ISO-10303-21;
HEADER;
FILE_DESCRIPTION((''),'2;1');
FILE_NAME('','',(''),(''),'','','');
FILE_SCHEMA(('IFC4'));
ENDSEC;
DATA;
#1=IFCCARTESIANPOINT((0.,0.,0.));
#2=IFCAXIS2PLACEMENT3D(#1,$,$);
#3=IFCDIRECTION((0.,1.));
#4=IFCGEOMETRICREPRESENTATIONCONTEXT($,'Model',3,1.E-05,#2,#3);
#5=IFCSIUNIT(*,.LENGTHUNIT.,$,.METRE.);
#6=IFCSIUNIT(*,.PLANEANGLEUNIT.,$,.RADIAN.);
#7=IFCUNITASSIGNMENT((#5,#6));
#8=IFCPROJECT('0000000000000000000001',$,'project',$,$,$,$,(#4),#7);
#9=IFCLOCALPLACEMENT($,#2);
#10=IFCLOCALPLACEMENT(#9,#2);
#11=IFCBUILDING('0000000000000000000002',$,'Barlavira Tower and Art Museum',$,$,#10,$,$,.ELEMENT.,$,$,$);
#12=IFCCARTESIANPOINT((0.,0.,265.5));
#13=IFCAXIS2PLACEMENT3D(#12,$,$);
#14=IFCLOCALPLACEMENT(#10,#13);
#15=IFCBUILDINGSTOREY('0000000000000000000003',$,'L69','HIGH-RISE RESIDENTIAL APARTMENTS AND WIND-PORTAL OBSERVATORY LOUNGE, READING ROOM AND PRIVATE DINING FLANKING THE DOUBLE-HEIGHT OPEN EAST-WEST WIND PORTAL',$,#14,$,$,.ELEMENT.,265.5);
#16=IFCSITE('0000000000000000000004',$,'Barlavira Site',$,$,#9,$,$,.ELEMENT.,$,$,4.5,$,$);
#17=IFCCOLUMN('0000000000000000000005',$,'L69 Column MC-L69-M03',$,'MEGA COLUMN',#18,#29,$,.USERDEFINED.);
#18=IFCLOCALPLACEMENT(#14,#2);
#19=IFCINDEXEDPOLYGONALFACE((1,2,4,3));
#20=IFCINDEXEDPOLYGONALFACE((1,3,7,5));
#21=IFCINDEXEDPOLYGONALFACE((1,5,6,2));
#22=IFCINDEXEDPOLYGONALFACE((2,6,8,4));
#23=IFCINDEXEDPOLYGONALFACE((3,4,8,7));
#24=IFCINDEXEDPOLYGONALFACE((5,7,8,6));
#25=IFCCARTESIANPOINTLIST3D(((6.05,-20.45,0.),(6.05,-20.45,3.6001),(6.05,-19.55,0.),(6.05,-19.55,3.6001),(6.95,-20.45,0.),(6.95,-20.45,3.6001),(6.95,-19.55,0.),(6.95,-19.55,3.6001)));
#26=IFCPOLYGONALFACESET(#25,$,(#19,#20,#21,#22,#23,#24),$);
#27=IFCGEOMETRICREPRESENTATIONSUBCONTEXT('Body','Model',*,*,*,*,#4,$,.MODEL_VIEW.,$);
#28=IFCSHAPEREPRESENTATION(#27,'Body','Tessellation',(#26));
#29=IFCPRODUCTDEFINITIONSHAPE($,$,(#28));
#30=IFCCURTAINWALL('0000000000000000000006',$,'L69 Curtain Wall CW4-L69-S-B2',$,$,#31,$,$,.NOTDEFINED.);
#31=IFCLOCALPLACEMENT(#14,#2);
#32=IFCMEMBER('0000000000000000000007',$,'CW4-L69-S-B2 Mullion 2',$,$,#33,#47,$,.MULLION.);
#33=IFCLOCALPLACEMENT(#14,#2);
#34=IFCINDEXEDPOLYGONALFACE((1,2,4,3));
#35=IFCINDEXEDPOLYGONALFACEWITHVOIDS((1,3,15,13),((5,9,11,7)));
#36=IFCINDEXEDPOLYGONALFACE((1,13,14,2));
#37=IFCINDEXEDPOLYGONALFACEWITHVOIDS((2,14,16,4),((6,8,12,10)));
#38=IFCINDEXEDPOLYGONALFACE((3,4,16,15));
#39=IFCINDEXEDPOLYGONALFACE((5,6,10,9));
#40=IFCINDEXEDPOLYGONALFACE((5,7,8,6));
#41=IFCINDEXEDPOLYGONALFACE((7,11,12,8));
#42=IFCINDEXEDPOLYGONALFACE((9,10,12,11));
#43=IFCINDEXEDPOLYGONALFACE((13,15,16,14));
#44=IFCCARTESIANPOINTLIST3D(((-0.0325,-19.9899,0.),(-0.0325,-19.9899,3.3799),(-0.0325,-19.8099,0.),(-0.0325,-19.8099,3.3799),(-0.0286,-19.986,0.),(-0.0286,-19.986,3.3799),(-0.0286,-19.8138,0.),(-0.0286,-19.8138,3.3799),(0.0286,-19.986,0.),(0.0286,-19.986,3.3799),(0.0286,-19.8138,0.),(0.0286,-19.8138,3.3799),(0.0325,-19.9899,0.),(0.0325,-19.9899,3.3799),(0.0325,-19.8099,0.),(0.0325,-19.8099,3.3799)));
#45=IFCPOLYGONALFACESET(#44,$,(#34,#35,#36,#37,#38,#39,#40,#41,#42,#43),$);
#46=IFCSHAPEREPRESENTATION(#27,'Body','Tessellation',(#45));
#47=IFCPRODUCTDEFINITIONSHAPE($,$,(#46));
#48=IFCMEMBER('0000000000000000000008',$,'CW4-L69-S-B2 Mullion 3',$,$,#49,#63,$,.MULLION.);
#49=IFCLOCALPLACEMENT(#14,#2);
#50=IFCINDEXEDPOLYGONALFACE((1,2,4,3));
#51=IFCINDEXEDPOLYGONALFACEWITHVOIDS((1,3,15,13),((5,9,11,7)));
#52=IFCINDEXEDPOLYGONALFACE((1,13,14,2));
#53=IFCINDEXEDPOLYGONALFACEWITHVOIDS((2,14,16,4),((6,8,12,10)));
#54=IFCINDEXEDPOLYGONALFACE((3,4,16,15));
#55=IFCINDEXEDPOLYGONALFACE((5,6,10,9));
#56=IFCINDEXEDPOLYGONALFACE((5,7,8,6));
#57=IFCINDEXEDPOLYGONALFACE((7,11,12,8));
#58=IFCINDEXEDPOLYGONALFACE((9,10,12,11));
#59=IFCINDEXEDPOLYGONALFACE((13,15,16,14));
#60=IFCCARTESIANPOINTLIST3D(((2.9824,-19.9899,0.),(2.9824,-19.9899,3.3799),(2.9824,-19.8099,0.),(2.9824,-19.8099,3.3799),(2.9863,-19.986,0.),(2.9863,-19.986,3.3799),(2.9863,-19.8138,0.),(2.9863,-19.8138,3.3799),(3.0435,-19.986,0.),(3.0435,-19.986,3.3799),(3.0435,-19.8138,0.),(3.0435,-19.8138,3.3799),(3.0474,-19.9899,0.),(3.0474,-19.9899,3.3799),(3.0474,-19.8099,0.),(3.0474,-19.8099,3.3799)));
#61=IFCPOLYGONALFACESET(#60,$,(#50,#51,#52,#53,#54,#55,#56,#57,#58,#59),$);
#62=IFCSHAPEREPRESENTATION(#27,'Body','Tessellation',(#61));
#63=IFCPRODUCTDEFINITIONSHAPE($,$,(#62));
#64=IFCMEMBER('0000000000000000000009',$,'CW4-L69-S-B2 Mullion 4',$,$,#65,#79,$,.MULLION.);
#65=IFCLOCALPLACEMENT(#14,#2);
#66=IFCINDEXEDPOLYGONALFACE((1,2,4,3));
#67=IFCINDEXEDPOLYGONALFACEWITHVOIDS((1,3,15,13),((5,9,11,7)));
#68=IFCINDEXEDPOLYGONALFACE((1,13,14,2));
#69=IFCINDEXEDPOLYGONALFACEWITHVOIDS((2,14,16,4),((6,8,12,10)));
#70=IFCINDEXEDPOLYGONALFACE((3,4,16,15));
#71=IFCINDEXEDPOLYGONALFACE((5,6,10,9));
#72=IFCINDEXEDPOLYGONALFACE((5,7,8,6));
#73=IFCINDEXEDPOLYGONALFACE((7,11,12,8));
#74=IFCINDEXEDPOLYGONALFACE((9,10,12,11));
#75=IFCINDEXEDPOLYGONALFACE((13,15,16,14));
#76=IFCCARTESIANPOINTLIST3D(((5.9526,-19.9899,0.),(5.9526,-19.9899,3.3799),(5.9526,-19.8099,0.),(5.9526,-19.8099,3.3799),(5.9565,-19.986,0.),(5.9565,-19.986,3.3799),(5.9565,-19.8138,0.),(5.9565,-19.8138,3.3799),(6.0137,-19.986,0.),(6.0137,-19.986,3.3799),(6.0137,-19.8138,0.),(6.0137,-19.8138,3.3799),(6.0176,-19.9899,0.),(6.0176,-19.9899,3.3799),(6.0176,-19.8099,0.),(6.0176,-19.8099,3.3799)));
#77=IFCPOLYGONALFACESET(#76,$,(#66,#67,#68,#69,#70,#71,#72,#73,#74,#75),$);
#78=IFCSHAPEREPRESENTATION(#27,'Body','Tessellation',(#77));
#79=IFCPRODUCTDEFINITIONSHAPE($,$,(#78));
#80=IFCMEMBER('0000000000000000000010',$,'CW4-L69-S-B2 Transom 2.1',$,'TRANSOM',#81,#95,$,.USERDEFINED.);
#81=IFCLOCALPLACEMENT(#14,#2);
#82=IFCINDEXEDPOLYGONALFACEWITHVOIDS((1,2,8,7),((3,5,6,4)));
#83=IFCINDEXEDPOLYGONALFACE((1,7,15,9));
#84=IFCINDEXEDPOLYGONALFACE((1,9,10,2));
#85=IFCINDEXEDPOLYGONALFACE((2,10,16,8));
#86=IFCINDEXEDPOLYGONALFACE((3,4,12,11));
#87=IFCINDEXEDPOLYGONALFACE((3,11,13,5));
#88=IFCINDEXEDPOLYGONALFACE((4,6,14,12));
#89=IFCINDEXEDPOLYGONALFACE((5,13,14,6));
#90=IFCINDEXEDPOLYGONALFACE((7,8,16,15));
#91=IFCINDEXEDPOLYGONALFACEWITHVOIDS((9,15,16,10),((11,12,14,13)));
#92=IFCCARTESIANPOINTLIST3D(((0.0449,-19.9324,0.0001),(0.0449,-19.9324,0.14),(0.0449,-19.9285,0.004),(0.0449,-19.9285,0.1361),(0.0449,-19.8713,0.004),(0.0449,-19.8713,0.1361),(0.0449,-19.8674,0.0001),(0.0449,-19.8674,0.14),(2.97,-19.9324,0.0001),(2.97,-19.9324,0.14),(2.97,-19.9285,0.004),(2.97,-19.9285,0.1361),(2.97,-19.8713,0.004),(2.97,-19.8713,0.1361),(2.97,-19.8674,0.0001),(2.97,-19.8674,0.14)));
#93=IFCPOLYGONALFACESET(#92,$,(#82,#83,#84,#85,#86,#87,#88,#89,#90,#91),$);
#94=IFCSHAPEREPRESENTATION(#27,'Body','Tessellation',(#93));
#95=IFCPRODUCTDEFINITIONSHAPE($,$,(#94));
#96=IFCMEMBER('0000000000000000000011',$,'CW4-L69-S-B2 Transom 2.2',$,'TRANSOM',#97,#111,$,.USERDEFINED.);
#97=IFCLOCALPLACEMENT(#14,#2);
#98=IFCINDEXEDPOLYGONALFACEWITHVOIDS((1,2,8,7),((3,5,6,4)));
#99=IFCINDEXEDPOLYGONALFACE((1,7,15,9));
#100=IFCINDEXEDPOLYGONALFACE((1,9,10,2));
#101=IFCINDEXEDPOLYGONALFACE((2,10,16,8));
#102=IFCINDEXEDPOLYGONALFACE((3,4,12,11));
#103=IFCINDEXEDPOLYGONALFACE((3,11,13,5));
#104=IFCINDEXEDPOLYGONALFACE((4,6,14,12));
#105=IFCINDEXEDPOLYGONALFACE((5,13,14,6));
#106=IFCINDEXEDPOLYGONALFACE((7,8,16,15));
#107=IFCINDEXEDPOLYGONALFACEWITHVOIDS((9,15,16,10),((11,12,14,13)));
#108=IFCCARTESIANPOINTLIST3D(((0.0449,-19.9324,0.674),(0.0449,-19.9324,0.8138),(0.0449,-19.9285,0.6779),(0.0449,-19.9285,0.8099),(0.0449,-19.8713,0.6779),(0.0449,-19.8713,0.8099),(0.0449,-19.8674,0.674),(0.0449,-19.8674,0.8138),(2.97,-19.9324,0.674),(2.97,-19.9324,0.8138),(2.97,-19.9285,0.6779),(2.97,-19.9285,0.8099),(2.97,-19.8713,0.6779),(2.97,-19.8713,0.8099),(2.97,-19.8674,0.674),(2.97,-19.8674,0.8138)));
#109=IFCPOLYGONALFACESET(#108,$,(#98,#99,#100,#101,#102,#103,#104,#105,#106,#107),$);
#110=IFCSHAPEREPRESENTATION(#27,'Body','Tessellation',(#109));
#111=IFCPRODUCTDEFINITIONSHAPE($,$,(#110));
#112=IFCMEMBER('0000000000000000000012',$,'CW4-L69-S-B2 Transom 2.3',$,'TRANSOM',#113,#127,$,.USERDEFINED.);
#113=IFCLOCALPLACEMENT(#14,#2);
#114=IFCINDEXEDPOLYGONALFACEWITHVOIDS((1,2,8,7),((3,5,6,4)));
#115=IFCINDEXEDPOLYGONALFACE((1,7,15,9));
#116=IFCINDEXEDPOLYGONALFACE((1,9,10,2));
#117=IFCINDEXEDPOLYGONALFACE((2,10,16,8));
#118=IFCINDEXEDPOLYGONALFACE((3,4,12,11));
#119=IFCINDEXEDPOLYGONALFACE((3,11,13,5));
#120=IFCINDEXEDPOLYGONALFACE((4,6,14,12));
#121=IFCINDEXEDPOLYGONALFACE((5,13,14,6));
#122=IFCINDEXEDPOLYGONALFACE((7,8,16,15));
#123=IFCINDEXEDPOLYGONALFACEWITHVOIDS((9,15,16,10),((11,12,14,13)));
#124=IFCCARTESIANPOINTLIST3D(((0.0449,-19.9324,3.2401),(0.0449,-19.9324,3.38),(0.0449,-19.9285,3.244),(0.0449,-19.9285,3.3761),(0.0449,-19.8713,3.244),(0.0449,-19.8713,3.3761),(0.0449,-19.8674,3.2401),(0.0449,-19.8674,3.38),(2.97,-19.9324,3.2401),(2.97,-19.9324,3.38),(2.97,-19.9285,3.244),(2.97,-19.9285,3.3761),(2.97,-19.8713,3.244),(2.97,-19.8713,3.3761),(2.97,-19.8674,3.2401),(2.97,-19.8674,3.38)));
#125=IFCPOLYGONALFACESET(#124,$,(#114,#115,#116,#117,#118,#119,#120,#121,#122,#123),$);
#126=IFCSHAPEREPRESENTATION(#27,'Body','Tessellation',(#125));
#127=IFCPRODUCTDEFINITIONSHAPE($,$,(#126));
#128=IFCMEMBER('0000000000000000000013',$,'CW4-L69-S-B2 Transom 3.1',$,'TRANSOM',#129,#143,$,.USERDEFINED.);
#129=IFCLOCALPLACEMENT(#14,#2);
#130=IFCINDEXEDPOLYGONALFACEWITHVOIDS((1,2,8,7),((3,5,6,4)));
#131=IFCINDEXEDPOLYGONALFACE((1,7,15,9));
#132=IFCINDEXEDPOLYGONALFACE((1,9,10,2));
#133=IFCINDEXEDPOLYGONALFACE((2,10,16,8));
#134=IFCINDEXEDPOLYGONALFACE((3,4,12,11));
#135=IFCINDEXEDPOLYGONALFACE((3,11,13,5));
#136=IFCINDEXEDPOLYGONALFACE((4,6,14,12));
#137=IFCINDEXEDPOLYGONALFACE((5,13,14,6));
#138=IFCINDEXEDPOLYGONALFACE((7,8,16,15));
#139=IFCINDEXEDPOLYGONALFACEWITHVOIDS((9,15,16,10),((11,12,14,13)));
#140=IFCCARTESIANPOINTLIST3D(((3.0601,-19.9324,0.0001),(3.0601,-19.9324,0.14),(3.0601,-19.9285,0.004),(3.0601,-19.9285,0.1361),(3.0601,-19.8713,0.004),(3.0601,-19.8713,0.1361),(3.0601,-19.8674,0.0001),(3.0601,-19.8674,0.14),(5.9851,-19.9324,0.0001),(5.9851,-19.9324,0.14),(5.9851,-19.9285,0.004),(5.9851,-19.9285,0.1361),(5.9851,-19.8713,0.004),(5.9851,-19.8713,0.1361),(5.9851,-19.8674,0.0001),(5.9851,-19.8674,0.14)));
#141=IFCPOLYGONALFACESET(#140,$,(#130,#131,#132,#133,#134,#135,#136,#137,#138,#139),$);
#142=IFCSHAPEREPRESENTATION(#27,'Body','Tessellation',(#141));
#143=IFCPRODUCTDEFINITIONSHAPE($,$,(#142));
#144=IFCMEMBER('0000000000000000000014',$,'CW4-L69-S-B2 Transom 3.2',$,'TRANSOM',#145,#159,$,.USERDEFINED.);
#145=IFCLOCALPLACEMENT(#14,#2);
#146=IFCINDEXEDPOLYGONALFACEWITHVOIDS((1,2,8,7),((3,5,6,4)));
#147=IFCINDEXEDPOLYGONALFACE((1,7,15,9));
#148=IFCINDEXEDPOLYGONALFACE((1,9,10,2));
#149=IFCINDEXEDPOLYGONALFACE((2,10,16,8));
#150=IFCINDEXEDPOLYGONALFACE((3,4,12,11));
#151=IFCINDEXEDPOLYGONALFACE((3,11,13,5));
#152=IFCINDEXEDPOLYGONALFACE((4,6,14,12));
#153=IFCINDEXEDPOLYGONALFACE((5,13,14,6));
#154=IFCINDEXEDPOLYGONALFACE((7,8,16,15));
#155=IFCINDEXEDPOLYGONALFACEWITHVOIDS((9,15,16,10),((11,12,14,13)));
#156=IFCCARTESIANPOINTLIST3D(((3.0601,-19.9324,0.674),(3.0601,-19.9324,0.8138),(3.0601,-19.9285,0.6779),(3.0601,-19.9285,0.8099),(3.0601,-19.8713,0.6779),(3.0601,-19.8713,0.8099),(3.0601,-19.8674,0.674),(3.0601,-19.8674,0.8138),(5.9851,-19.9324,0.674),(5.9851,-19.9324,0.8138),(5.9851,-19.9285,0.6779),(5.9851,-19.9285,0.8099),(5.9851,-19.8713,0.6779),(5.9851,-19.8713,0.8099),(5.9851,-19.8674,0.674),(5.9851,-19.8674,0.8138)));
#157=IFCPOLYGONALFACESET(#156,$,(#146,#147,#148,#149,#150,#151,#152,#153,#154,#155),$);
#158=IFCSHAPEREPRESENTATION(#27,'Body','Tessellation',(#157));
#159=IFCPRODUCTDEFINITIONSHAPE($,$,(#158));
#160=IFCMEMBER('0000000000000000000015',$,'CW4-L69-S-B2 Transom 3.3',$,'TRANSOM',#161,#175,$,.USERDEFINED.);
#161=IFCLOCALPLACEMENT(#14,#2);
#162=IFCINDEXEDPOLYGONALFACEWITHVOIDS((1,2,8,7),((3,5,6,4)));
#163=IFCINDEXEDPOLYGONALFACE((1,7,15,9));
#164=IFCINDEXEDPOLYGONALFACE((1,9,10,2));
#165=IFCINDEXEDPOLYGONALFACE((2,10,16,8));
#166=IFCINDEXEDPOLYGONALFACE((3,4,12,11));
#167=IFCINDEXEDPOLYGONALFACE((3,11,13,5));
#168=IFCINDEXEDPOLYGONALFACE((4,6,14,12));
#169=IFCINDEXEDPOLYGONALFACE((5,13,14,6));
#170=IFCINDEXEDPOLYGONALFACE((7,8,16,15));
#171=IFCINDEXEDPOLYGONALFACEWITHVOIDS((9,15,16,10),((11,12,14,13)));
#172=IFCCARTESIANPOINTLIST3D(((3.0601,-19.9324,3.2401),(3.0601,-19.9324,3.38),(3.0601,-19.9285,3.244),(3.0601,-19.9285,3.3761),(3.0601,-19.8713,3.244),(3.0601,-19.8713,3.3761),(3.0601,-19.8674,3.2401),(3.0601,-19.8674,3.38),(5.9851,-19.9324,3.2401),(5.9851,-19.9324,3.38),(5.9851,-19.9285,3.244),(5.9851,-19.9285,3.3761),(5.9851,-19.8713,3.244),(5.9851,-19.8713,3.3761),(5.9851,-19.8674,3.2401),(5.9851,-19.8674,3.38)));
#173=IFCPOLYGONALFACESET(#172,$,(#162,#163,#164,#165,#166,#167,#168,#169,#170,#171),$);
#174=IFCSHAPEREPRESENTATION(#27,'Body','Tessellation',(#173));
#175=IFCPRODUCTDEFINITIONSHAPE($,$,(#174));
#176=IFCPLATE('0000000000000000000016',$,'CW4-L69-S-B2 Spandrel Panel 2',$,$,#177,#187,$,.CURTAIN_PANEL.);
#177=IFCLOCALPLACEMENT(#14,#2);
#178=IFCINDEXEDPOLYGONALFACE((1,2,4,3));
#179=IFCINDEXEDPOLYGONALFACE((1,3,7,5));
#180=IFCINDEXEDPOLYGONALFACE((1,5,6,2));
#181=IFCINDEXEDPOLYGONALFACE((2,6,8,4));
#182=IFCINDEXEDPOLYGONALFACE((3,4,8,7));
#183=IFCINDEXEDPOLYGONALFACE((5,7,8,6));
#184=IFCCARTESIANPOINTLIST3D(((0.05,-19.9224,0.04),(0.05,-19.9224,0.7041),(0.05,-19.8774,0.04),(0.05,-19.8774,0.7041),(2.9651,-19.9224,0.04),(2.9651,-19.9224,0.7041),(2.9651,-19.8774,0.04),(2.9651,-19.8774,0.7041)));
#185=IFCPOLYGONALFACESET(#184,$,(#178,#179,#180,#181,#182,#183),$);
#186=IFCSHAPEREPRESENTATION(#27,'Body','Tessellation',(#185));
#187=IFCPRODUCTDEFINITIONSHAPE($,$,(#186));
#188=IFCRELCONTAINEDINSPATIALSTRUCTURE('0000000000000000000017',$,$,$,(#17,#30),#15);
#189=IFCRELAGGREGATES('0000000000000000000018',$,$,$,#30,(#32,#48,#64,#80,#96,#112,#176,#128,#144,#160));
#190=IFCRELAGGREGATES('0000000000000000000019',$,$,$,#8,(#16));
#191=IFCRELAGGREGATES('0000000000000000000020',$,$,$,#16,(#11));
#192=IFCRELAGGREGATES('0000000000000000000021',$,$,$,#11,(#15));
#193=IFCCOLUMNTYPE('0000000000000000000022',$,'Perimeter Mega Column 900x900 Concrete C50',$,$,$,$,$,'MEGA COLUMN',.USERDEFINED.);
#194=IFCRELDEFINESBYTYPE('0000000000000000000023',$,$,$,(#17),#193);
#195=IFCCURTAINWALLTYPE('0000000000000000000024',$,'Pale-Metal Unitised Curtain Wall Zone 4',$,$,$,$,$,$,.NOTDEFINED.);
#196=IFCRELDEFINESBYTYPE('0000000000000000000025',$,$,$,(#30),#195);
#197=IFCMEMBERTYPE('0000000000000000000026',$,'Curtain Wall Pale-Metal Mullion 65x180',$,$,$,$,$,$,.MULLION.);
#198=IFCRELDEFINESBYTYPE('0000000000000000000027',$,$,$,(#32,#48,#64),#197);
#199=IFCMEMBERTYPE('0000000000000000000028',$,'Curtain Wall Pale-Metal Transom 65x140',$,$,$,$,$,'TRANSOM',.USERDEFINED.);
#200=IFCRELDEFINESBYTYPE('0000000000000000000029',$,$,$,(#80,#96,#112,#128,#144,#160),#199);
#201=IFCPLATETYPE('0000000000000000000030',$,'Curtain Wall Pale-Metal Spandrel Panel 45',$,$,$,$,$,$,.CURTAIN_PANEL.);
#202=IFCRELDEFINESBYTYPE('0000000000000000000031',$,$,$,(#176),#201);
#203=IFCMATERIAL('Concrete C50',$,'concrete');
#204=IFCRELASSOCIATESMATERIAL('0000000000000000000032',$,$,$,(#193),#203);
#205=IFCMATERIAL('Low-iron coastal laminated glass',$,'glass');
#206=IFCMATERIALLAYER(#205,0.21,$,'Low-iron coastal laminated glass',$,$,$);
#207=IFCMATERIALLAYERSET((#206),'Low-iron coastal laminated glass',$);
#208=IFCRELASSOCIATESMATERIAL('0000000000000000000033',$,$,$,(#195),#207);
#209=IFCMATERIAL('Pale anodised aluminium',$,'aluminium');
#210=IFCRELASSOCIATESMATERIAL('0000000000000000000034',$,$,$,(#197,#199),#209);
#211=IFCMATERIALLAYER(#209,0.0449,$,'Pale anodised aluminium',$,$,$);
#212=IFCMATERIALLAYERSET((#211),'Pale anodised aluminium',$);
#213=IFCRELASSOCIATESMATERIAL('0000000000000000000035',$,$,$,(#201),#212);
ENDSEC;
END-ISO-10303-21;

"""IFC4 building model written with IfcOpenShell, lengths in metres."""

from ifc_helpers import new_model, si_unit, direction, frame, origin, origin_2d, place, context, subcontext, project, spatial, rectangle, hollow_rectangle, extrude, material, layer, layer_set, material_profile, profile_set, type_object, element, aggregate, save


model = new_model("IFC4")

# Units and contexts
model_context = context("Model", 3, precision=1e-05, world=origin(), true_north=direction((0.0, 1.0)))
body_context = subcontext(model_context, "Body", "Model", "MODEL_VIEW")
ifc_project = project(units=[si_unit("LENGTHUNIT", "METRE"), si_unit("PLANEANGLEUNIT", "RADIAN")], contexts=[model_context])

# Site, building, storey
site_placement = place(None, origin())
site = spatial("IfcSite", under=ifc_project, at=site_placement, Name="Barlavira Site", CompositionType="ELEMENT", RefElevation=4.5)
building_placement = place(site_placement, origin())
building = spatial("IfcBuilding", under=site, at=building_placement, Name="Barlavira Tower and Art Museum", CompositionType="ELEMENT")
storey_placement = place(building_placement, frame((0.0, 0.0, 265.5)))
storey = spatial("IfcBuildingStorey", under=building, at=storey_placement, Name="L69", Description="HIGH-RISE RESIDENTIAL APARTMENTS AND WIND-PORTAL OBSERVATORY LOUNGE, READING ROOM AND PRIVATE DINING FLANKING THE DOUBLE-HEIGHT OPEN EAST-WEST WIND PORTAL", CompositionType="ELEMENT", Elevation=265.5)

# Column
ifc_material_1 = material(Name="Concrete C50", Category="concrete")
ifc_material_profile_1 = material_profile(ifc_material_1, rectangle(XDim=0.8999, YDim=0.8999, at=origin_2d()), Name="RC-COL 900x900")
ifc_profile_set_1 = profile_set([ifc_material_profile_1], Name="Concrete C50")
column_type = type_object("IfcColumnType", Name="Perimeter Mega Column 900x900 Concrete C50", ElementType="MEGA COLUMN", PredefinedType="USERDEFINED", material=ifc_profile_set_1)
column_placement = place(storey_placement, frame((6.5, -20.0, 0.0), z_axis=(0.0, 0.0, 1.0), x_axis=(1.0, 0.0, 0.0)))
element("IfcColumn", 1, at=column_placement, inside=storey, type_object=column_type, Name="L69 Column MC-L69-M03", ObjectType="MEGA COLUMN", PredefinedType="USERDEFINED", context=body_context, shape_type="SweptSolid", body=[
    extrude(rectangle(XDim=0.8999, YDim=0.8999, at=origin_2d()), origin(), (0.0, 0.0, 1.0), 3.6001),
])

# Curtain wall, members, plate
ifc_material_2 = material(Name="Low-iron coastal laminated glass", Category="glass")
ifc_layer_1 = layer(ifc_material_2, 0.21, Name="Low-iron coastal laminated glass")
ifc_layer_set_1 = layer_set([ifc_layer_1], Name="Low-iron coastal laminated glass")
curtain_wall_type = type_object("IfcCurtainWallType", Name="Pale-Metal Unitised Curtain Wall Zone 4", PredefinedType="NOTDEFINED", material=ifc_layer_set_1)
curtain_wall_placement = place(storey_placement, origin())
curtain_wall = element("IfcCurtainWall", 2, at=curtain_wall_placement, inside=storey, type_object=curtain_wall_type, Name="L69 Curtain Wall CW4-L69-S-B2", PredefinedType="NOTDEFINED")
ifc_material_3 = material(Name="Pale anodised aluminium", Category="aluminium")
ifc_material_profile_2 = material_profile(ifc_material_3, hollow_rectangle(XDim=0.0649, YDim=0.1799, WallThickness=0.0039, at=origin_2d()), Name="ALU-MULL 65x180x4")
ifc_profile_set_2 = profile_set([ifc_material_profile_2], Name="Pale anodised aluminium")
member_type_1 = type_object("IfcMemberType", Name="Curtain Wall Pale-Metal Mullion 65x180", PredefinedType="MULLION", material=ifc_profile_set_2)
member_1_placement = place(storey_placement, frame((0.0, -19.8999, 0.0), z_axis=(0.0, 0.0, 1.0), x_axis=(1.0, 0.0, 0.0)))
member_1 = element("IfcMember", 3, at=member_1_placement, type_object=member_type_1, Name="CW4-L69-S-B2 Mullion 2", PredefinedType="MULLION", context=body_context, shape_type="SweptSolid", body=[
    extrude(hollow_rectangle(XDim=0.0649, YDim=0.1799, WallThickness=0.0039, at=origin_2d()), origin(), (0.0, 0.0, 1.0), 3.3799),
])
member_2_placement = place(storey_placement, frame((3.0149, -19.8999, 0.0), z_axis=(0.0, 0.0, 1.0), x_axis=(1.0, 0.0, 0.0)))
member_2 = element("IfcMember", 4, at=member_2_placement, type_object=member_type_1, Name="CW4-L69-S-B2 Mullion 3", PredefinedType="MULLION", context=body_context, shape_type="SweptSolid", body=[
    extrude(hollow_rectangle(XDim=0.0649, YDim=0.1799, WallThickness=0.0039, at=origin_2d()), origin(), (0.0, 0.0, 1.0), 3.3799),
])
member_3_placement = place(storey_placement, frame((5.9851, -19.8999, 0.0), z_axis=(0.0, 0.0, 1.0), x_axis=(1.0, 0.0, 0.0)))
member_3 = element("IfcMember", 5, at=member_3_placement, type_object=member_type_1, Name="CW4-L69-S-B2 Mullion 4", PredefinedType="MULLION", context=body_context, shape_type="SweptSolid", body=[
    extrude(hollow_rectangle(XDim=0.0649, YDim=0.1799, WallThickness=0.0039, at=origin_2d()), origin(), (0.0, 0.0, 1.0), 3.3799),
])
ifc_material_profile_3 = material_profile(ifc_material_3, hollow_rectangle(XDim=0.0649, YDim=0.1399, WallThickness=0.0039, at=origin_2d()), Name="ALU-TRAN 65x140x4")
ifc_profile_set_3 = profile_set([ifc_material_profile_3], Name="Pale anodised aluminium")
member_type_2 = type_object("IfcMemberType", Name="Curtain Wall Pale-Metal Transom 65x140", ElementType="TRANSOM", PredefinedType="USERDEFINED", material=ifc_profile_set_3)
member_4_placement = place(storey_placement, frame((0.0449, -19.8999, 0.0701), z_axis=(1.0, 0.0, 0.0), x_axis=(0.0, 1.0, 0.0)))
member_4 = element("IfcMember", 6, at=member_4_placement, type_object=member_type_2, Name="CW4-L69-S-B2 Transom 2.1", ObjectType="TRANSOM", PredefinedType="USERDEFINED", context=body_context, shape_type="SweptSolid", body=[
    extrude(hollow_rectangle(XDim=0.0649, YDim=0.1399, WallThickness=0.0039, at=origin_2d()), origin(), (0.0, 0.0, 1.0), 2.925),
])
member_5_placement = place(storey_placement, frame((0.0449, -19.8999, 0.7439), z_axis=(1.0, 0.0, 0.0), x_axis=(0.0, 1.0, 0.0)))
member_5 = element("IfcMember", 7, at=member_5_placement, type_object=member_type_2, Name="CW4-L69-S-B2 Transom 2.2", ObjectType="TRANSOM", PredefinedType="USERDEFINED", context=body_context, shape_type="SweptSolid", body=[
    extrude(hollow_rectangle(XDim=0.0649, YDim=0.1399, WallThickness=0.0039, at=origin_2d()), origin(), (0.0, 0.0, 1.0), 2.925),
])
member_6_placement = place(storey_placement, frame((0.0449, -19.8999, 3.3101), z_axis=(1.0, 0.0, 0.0), x_axis=(0.0, 1.0, 0.0)))
member_6 = element("IfcMember", 8, at=member_6_placement, type_object=member_type_2, Name="CW4-L69-S-B2 Transom 2.3", ObjectType="TRANSOM", PredefinedType="USERDEFINED", context=body_context, shape_type="SweptSolid", body=[
    extrude(hollow_rectangle(XDim=0.0649, YDim=0.1399, WallThickness=0.0039, at=origin_2d()), origin(), (0.0, 0.0, 1.0), 2.925),
])
member_7_placement = place(storey_placement, frame((3.0601, -19.8999, 0.0701), z_axis=(1.0, 0.0, 0.0), x_axis=(0.0, 1.0, 0.0)))
member_7 = element("IfcMember", 9, at=member_7_placement, type_object=member_type_2, Name="CW4-L69-S-B2 Transom 3.1", ObjectType="TRANSOM", PredefinedType="USERDEFINED", context=body_context, shape_type="SweptSolid", body=[
    extrude(hollow_rectangle(XDim=0.0649, YDim=0.1399, WallThickness=0.0039, at=origin_2d()), origin(), (0.0, 0.0, 1.0), 2.925),
])
member_8_placement = place(storey_placement, frame((3.0601, -19.8999, 0.7439), z_axis=(1.0, 0.0, 0.0), x_axis=(0.0, 1.0, 0.0)))
member_8 = element("IfcMember", 10, at=member_8_placement, type_object=member_type_2, Name="CW4-L69-S-B2 Transom 3.2", ObjectType="TRANSOM", PredefinedType="USERDEFINED", context=body_context, shape_type="SweptSolid", body=[
    extrude(hollow_rectangle(XDim=0.0649, YDim=0.1399, WallThickness=0.0039, at=origin_2d()), origin(), (0.0, 0.0, 1.0), 2.925),
])
member_9_placement = place(storey_placement, frame((3.0601, -19.8999, 3.3101), z_axis=(1.0, 0.0, 0.0), x_axis=(0.0, 1.0, 0.0)))
member_9 = element("IfcMember", 11, at=member_9_placement, type_object=member_type_2, Name="CW4-L69-S-B2 Transom 3.3", ObjectType="TRANSOM", PredefinedType="USERDEFINED", context=body_context, shape_type="SweptSolid", body=[
    extrude(hollow_rectangle(XDim=0.0649, YDim=0.1399, WallThickness=0.0039, at=origin_2d()), origin(), (0.0, 0.0, 1.0), 2.925),
])
ifc_layer_2 = layer(ifc_material_3, 0.0449, Name="Pale anodised aluminium")
ifc_layer_set_2 = layer_set([ifc_layer_2], Name="Pale anodised aluminium")
plate_type_1 = type_object("IfcPlateType", Name="Curtain Wall Pale-Metal Spandrel Panel 45", PredefinedType="CURTAIN_PANEL", material=ifc_layer_set_2)
plate_1_placement = place(storey_placement, frame((1.5076, -19.8999, 0.04), z_axis=(0.0, 0.0, 1.0), x_axis=(1.0, 0.0, 0.0)))
plate_1 = element("IfcPlate", 12, at=plate_1_placement, type_object=plate_type_1, Name="CW4-L69-S-B2 Spandrel Panel 2", PredefinedType="CURTAIN_PANEL", context=body_context, shape_type="SweptSolid", body=[
    extrude(rectangle(XDim=2.915, YDim=0.0449, at=origin_2d()), origin(), (0.0, 0.0, 1.0), 0.6641),
])
aggregate(curtain_wall, [member_1, member_2, member_3, member_4, member_5, member_6, plate_1, member_7, member_8, member_9])

save(model, "model.ifc")
